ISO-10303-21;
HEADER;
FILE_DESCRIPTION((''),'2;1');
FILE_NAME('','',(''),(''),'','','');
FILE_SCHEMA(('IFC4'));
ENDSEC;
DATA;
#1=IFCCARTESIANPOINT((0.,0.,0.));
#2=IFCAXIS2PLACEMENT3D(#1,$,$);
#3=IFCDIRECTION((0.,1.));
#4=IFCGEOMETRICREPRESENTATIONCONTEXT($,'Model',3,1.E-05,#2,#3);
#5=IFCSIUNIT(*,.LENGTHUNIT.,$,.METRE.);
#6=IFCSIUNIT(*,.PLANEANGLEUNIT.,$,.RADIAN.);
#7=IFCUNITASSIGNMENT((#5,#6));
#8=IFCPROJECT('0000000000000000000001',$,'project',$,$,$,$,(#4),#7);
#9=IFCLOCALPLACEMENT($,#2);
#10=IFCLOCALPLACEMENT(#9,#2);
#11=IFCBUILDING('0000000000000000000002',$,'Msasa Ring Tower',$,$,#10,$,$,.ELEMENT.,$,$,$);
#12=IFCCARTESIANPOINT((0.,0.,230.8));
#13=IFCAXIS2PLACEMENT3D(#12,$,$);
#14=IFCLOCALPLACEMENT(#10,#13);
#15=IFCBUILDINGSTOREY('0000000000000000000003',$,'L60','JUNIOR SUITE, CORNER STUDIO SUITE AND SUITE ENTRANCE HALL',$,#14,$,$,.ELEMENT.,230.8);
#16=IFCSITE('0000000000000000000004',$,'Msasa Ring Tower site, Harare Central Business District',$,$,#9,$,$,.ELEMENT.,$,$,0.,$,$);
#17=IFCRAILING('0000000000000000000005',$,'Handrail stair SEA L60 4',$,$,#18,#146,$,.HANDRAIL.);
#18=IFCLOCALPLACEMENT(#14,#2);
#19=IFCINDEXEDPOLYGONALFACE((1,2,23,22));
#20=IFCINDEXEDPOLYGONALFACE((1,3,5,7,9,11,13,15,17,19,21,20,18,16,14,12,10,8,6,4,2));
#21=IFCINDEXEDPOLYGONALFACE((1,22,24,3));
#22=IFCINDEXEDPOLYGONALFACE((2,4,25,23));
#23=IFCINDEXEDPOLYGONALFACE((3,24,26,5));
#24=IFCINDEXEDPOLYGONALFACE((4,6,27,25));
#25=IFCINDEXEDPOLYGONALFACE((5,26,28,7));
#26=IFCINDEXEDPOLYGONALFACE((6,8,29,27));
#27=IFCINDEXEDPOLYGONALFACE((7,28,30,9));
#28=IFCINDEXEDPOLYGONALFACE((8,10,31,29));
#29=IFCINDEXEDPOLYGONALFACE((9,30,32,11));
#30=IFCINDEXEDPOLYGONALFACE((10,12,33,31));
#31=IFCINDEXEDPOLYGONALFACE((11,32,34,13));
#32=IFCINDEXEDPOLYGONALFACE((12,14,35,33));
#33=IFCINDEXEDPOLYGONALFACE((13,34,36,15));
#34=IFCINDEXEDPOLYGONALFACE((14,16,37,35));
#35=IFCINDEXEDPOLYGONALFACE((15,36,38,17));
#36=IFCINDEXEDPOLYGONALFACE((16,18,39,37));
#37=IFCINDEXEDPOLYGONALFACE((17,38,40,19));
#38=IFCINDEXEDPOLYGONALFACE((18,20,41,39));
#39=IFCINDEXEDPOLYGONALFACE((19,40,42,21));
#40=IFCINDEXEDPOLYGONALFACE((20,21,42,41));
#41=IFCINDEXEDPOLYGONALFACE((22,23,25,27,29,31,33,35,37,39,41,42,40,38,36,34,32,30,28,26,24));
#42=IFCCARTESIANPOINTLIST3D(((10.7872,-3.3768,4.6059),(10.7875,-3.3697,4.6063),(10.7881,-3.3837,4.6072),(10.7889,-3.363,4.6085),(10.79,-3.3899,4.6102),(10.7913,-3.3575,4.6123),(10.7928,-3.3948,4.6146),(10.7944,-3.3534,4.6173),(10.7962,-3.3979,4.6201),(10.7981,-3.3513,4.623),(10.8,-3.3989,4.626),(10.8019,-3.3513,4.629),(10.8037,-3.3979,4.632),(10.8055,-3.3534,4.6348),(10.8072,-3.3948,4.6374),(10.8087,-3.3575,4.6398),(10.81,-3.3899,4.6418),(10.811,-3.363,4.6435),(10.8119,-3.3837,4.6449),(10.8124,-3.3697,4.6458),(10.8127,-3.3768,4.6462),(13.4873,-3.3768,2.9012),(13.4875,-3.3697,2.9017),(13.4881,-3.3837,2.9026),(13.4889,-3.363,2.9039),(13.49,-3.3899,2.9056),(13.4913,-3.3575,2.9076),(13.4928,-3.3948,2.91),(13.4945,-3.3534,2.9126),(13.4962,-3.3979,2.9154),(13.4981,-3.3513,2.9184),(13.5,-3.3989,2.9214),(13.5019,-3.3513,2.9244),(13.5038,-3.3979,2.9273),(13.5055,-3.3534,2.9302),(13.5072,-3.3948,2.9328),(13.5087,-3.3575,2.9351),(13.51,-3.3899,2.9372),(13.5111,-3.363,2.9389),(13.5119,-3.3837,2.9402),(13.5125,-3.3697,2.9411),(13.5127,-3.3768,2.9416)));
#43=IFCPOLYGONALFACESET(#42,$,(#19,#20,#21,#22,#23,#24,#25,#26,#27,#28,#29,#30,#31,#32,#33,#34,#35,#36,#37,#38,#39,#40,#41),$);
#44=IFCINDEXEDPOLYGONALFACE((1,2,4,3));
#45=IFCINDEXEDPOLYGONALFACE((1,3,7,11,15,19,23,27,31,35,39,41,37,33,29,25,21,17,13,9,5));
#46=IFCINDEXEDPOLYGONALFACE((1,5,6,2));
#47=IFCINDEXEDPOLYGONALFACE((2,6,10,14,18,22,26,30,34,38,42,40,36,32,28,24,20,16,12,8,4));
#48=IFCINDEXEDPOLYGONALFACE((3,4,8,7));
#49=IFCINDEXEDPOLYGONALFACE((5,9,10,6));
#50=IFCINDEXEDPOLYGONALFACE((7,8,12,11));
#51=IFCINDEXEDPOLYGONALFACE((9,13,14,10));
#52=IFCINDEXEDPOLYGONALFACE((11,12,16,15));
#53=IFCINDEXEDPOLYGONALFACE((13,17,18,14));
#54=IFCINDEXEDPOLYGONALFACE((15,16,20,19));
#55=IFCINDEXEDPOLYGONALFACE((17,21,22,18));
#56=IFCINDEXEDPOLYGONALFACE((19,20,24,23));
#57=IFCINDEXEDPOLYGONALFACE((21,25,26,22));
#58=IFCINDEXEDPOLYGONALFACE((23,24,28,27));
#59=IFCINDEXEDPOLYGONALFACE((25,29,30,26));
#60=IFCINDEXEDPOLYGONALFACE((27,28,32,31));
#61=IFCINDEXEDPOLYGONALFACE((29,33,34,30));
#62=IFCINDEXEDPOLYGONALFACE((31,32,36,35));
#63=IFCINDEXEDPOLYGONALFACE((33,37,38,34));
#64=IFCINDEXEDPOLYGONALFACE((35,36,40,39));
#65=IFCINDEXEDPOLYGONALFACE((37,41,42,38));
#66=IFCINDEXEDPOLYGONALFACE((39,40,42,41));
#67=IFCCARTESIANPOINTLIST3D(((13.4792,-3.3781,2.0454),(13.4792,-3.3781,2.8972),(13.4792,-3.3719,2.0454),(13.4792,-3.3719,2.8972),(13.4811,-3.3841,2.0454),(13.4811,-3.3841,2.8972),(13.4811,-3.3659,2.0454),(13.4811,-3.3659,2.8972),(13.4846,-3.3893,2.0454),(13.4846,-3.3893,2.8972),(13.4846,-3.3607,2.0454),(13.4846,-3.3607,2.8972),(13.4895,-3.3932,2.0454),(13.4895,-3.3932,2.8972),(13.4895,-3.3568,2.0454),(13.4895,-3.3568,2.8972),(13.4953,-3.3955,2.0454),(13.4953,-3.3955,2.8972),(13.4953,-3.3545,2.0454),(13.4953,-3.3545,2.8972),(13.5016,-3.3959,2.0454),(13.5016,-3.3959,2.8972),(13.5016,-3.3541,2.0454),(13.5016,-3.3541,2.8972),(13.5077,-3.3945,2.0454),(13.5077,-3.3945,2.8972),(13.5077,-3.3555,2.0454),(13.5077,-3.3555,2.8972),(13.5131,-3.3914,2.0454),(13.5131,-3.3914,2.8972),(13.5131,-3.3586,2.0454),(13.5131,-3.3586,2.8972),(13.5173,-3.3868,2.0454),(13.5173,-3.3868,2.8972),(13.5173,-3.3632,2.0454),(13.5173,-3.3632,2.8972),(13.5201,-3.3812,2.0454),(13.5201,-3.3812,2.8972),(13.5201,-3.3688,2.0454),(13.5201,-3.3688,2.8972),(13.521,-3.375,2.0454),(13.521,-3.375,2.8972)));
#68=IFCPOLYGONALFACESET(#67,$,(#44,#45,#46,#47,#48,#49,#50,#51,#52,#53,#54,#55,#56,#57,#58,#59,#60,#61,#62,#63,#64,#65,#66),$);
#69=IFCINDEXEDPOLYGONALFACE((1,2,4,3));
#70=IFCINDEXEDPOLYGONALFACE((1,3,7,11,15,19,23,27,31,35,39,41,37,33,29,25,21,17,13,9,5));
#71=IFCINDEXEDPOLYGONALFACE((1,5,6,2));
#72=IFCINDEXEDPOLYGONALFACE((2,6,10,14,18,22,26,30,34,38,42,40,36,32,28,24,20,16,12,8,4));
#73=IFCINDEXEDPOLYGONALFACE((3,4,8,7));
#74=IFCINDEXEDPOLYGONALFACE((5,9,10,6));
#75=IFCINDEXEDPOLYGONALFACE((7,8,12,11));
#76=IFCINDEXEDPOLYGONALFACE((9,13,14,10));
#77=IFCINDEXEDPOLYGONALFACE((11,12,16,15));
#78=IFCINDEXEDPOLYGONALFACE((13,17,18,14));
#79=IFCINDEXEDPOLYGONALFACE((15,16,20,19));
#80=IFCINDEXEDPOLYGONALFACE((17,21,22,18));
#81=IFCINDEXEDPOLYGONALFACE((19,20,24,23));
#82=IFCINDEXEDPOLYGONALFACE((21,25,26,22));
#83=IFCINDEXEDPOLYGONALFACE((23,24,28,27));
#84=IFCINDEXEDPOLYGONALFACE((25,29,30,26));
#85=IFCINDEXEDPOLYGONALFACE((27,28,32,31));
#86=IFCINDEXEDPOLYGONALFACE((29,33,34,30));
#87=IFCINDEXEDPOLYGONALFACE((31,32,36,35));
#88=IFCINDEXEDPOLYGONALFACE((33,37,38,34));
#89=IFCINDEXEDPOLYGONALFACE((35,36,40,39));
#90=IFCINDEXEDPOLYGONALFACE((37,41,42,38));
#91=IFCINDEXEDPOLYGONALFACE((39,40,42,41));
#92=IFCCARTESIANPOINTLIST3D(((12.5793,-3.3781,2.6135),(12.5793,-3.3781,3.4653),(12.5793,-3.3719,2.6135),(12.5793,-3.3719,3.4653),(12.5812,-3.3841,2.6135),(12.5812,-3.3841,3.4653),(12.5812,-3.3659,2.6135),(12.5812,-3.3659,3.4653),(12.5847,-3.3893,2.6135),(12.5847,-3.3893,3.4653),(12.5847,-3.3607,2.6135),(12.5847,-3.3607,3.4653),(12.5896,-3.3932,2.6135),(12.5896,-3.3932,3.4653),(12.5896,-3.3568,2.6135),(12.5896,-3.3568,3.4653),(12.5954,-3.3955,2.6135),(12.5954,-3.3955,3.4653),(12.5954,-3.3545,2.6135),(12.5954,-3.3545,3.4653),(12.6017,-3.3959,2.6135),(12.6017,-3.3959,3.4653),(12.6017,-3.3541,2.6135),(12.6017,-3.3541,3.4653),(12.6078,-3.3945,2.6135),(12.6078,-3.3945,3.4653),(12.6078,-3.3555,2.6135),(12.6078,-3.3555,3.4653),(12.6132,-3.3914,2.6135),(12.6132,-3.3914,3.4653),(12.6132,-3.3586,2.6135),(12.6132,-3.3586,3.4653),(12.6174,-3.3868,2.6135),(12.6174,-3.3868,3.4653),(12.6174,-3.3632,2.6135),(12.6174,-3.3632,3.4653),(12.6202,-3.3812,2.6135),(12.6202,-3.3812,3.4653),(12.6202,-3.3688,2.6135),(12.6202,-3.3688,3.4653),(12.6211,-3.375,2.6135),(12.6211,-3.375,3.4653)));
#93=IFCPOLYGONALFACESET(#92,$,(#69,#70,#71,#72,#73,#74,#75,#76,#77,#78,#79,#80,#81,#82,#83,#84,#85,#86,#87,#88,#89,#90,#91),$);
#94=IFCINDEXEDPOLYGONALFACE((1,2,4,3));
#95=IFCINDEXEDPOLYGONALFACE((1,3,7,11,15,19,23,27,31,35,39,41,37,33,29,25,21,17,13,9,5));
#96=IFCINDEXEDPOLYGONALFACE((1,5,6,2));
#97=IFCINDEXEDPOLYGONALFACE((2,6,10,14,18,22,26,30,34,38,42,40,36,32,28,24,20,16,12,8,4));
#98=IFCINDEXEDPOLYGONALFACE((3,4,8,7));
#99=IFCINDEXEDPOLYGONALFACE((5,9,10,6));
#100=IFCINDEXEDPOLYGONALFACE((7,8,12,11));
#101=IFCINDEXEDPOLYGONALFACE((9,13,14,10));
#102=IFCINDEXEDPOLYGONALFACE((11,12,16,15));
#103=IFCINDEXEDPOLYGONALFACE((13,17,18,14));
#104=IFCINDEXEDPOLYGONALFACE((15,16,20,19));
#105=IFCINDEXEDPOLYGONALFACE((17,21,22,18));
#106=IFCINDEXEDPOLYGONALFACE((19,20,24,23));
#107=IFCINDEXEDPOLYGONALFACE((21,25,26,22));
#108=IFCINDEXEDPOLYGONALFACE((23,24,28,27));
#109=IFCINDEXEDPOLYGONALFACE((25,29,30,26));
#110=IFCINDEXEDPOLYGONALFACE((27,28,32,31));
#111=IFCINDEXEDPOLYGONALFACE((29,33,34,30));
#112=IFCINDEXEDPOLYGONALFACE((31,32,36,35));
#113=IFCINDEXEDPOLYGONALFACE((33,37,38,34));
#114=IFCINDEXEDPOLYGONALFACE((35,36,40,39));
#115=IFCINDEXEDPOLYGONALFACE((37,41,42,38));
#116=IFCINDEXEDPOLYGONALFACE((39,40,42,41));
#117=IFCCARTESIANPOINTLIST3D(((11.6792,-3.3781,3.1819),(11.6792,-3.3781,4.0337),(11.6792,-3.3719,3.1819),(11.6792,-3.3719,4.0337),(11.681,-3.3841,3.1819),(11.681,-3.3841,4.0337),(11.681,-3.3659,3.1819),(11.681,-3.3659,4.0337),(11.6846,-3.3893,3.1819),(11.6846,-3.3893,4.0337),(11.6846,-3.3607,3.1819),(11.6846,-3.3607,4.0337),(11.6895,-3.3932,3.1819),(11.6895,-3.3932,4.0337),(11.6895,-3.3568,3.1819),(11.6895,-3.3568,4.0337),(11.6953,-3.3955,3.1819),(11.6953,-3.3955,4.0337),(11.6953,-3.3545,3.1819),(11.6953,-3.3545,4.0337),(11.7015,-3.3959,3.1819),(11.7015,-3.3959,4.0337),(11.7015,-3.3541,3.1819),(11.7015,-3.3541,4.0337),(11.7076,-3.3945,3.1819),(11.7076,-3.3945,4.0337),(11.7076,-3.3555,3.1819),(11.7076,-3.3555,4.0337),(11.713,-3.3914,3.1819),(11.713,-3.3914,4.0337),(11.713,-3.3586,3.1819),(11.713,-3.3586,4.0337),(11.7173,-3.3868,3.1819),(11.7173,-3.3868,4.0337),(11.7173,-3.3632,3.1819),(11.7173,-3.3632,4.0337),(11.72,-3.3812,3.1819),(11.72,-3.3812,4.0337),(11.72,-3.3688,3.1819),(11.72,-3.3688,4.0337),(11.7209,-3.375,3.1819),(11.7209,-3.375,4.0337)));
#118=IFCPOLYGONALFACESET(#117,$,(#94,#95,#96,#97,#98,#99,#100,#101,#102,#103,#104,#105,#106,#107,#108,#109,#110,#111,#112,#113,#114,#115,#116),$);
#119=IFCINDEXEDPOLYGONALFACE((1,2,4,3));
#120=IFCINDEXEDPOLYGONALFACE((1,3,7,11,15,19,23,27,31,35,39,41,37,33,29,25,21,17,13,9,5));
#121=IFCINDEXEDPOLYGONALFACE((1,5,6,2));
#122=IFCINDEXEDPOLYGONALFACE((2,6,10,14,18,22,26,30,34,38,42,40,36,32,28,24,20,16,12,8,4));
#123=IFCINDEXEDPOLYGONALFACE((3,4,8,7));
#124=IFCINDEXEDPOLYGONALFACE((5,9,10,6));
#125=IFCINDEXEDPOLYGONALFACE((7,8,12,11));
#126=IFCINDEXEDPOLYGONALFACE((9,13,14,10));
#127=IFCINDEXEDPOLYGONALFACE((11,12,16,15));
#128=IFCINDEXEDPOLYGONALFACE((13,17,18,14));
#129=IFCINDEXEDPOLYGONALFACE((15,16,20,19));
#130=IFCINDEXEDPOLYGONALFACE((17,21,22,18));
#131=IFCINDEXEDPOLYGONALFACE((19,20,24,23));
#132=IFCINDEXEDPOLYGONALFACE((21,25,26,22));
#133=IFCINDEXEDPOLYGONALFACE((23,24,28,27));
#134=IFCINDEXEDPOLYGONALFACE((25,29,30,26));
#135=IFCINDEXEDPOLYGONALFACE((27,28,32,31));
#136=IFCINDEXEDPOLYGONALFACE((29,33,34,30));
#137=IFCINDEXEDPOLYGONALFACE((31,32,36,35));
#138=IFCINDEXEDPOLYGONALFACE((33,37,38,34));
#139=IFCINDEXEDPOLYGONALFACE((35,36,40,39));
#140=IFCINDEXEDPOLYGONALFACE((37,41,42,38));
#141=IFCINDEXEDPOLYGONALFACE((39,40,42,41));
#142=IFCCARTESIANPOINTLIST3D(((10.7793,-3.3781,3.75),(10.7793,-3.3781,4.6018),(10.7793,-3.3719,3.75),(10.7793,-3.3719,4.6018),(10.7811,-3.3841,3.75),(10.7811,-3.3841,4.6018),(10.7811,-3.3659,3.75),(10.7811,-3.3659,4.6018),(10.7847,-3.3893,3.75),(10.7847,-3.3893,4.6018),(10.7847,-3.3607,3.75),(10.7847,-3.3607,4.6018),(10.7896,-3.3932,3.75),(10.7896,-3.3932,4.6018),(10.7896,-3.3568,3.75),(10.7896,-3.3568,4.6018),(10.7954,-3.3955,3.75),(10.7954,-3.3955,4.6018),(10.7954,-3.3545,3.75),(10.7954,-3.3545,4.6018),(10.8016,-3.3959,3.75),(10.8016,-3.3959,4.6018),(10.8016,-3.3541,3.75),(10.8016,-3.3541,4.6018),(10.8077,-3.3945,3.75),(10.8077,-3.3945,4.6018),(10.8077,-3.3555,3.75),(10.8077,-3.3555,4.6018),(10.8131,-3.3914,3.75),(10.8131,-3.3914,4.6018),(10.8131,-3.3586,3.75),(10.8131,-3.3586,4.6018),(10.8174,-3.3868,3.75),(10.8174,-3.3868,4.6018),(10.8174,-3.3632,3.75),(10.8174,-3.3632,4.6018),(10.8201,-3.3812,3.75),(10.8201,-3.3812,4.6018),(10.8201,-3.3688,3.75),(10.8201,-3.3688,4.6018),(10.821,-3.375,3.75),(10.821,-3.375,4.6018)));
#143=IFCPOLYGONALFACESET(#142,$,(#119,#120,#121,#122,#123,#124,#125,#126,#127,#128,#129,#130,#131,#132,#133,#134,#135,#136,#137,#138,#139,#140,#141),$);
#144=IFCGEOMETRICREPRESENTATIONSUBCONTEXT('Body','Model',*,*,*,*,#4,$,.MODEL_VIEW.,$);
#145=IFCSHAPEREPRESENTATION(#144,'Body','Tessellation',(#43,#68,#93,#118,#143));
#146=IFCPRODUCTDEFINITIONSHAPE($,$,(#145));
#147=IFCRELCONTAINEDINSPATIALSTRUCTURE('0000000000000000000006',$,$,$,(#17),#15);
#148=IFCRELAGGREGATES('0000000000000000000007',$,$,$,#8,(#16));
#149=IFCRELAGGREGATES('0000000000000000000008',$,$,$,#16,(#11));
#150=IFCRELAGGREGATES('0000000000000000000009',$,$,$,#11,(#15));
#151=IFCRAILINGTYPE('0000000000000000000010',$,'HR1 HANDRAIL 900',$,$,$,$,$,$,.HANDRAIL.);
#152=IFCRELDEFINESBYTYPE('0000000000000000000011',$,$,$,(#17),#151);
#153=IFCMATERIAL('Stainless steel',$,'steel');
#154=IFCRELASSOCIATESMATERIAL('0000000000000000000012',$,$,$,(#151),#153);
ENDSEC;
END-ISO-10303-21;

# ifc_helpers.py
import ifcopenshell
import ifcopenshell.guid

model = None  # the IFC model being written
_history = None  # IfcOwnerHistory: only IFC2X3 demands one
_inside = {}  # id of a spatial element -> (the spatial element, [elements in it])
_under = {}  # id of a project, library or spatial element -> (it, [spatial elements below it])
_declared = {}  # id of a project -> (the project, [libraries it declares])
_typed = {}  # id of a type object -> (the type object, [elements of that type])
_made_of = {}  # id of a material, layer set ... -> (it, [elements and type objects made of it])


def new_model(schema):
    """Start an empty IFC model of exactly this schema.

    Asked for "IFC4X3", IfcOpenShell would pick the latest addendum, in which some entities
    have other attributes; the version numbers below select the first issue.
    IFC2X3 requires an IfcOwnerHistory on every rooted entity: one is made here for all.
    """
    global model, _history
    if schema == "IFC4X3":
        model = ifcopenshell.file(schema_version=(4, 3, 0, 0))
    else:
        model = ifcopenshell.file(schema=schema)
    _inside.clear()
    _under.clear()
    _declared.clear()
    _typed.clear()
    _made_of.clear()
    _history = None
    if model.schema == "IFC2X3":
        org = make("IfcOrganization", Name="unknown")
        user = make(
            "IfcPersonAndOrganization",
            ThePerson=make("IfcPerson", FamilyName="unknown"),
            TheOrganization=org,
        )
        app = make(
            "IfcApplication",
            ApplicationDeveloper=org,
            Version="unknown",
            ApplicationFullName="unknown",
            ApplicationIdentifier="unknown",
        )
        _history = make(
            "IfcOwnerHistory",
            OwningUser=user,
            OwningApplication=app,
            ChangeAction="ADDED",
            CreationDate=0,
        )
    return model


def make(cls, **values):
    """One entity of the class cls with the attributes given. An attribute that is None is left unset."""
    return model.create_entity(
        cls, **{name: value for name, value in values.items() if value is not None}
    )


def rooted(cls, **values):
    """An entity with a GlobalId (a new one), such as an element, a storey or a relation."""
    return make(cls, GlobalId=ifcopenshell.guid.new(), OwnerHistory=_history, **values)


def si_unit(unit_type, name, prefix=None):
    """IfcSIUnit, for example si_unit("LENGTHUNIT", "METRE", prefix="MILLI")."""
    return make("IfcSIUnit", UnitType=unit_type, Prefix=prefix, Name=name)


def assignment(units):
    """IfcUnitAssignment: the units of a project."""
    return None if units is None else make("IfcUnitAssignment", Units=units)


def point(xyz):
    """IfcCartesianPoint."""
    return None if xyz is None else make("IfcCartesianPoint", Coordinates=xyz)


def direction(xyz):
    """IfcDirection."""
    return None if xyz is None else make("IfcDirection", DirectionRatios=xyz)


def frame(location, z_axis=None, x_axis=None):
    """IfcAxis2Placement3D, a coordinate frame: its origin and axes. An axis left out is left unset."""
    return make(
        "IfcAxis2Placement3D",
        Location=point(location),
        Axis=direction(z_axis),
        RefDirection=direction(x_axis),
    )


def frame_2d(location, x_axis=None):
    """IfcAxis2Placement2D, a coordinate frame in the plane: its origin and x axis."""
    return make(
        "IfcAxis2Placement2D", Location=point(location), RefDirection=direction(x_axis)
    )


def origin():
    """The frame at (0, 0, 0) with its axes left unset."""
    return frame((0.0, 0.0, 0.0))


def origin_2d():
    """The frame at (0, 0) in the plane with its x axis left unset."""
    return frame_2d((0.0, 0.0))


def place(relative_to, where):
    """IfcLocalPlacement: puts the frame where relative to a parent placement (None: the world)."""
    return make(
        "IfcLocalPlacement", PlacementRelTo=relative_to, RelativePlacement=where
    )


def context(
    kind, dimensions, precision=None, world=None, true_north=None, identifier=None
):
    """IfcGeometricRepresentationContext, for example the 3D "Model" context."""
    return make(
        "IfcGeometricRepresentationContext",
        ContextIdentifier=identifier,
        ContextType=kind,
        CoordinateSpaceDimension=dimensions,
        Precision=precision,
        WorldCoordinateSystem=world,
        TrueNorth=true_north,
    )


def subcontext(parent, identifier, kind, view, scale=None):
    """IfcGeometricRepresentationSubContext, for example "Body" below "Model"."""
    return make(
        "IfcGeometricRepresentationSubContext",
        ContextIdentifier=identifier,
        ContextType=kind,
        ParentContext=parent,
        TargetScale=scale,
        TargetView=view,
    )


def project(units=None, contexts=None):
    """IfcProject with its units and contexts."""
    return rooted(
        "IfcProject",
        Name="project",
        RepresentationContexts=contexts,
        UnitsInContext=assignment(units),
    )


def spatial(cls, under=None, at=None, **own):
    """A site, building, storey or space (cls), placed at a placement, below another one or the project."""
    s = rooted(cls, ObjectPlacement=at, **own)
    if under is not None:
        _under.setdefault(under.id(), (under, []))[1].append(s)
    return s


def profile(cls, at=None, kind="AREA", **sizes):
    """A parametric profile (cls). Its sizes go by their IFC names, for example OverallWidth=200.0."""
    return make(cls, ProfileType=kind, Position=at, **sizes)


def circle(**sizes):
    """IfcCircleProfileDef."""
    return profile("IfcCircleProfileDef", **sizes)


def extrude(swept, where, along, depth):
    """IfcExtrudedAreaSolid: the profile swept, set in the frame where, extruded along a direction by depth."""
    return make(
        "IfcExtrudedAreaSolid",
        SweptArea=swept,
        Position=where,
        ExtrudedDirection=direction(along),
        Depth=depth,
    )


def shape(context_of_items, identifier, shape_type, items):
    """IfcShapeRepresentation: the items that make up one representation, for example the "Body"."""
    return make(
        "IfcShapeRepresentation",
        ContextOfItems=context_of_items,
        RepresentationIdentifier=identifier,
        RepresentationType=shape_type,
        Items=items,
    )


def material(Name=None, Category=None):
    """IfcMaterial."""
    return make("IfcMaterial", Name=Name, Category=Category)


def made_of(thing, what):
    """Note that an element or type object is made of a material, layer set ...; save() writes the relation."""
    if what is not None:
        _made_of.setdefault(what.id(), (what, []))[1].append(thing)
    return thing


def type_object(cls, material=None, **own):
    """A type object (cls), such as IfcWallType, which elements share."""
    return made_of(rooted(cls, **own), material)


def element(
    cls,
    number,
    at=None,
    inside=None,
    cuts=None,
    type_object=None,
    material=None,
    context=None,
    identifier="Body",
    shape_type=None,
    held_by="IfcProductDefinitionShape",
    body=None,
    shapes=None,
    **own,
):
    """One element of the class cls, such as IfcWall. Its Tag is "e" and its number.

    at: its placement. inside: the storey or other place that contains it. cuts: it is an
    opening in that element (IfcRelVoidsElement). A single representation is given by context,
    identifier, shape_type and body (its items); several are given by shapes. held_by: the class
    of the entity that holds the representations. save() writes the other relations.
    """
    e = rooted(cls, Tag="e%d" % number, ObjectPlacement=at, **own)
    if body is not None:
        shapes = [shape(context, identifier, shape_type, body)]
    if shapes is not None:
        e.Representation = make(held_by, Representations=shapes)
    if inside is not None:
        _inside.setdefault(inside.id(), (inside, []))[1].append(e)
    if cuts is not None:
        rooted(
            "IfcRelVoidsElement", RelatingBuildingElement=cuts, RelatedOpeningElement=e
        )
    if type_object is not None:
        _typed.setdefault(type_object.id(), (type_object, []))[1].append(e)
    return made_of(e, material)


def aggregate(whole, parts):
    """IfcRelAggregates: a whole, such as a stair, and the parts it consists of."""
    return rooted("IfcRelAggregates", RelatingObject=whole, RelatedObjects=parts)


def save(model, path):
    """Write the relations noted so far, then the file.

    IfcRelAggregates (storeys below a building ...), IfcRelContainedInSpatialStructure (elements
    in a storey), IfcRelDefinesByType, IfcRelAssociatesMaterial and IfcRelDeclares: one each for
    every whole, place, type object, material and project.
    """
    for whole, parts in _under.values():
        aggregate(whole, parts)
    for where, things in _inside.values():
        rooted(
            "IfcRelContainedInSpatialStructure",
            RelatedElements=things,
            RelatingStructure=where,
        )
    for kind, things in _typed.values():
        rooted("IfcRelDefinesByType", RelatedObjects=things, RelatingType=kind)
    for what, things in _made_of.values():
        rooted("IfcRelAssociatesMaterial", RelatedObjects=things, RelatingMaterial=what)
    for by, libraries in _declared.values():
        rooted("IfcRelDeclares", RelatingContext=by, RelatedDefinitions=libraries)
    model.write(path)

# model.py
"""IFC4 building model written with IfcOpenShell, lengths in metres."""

from ifc_helpers import new_model, si_unit, direction, frame, origin, origin_2d, place, context, subcontext, project, spatial, circle, extrude, material, type_object, element, save


model = new_model("IFC4")

# Units and contexts
model_context = context("Model", 3, precision=1e-05, world=origin(), true_north=direction((0.0, 1.0)))
body_context = subcontext(model_context, "Body", "Model", "MODEL_VIEW")
ifc_project = project(units=[si_unit("LENGTHUNIT", "METRE"), si_unit("PLANEANGLEUNIT", "RADIAN")], contexts=[model_context])

# Site, building, storey
site_placement = place(None, origin())
site = spatial("IfcSite", under=ifc_project, at=site_placement, Name="Msasa Ring Tower site, Harare Central Business District", CompositionType="ELEMENT", RefElevation=0.0)
building_placement = place(site_placement, origin())
building = spatial("IfcBuilding", under=site, at=building_placement, Name="Msasa Ring Tower", CompositionType="ELEMENT")
storey_placement = place(building_placement, frame((0.0, 0.0, 230.8)))
storey = spatial("IfcBuildingStorey", under=building, at=storey_placement, Name="L60", Description="JUNIOR SUITE, CORNER STUDIO SUITE AND SUITE ENTRANCE HALL", CompositionType="ELEMENT", Elevation=230.8)

# Railing
ifc_material_1 = material(Name="Stainless steel", Category="steel")
railing_type = type_object("IfcRailingType", Name="HR1 HANDRAIL 900", PredefinedType="HANDRAIL", material=ifc_material_1)
for number, where, name in (
    (1, (13.5, -3.375, 2.0454), "Handrail stair SEA L60 4"),
):
    element("IfcRailing", number, at=place(storey_placement, frame(where)), inside=storey, type_object=railing_type, Name=name, PredefinedType="HANDRAIL", context=body_context, shape_type="SweptSolid", body=[
        extrude(circle(Radius=0.0239, at=origin_2d()), frame((0.0, 0.0, 0.876), z_axis=(-0.84558, 0.0, 0.533849), x_axis=(0.0, -1.0, 0.0)), (0.0, 0.0, 1.0), 3.1931),
        extrude(circle(Radius=0.021, at=origin_2d()), origin(), (0.0, 0.0, 1.0), 0.8518),
        extrude(circle(Radius=0.021, at=origin_2d()), frame((-0.8999, 0.0, 0.5681)), (0.0, 0.0, 1.0), 0.8518),
        extrude(circle(Radius=0.021, at=origin_2d()), frame((-1.8, 0.0, 1.1365)), (0.0, 0.0, 1.0), 0.8518),
        extrude(circle(Radius=0.021, at=origin_2d()), frame((-2.7, 0.0, 1.7046)), (0.0, 0.0, 1.0), 0.8518),
    ])

save(model, "model.ifc")
